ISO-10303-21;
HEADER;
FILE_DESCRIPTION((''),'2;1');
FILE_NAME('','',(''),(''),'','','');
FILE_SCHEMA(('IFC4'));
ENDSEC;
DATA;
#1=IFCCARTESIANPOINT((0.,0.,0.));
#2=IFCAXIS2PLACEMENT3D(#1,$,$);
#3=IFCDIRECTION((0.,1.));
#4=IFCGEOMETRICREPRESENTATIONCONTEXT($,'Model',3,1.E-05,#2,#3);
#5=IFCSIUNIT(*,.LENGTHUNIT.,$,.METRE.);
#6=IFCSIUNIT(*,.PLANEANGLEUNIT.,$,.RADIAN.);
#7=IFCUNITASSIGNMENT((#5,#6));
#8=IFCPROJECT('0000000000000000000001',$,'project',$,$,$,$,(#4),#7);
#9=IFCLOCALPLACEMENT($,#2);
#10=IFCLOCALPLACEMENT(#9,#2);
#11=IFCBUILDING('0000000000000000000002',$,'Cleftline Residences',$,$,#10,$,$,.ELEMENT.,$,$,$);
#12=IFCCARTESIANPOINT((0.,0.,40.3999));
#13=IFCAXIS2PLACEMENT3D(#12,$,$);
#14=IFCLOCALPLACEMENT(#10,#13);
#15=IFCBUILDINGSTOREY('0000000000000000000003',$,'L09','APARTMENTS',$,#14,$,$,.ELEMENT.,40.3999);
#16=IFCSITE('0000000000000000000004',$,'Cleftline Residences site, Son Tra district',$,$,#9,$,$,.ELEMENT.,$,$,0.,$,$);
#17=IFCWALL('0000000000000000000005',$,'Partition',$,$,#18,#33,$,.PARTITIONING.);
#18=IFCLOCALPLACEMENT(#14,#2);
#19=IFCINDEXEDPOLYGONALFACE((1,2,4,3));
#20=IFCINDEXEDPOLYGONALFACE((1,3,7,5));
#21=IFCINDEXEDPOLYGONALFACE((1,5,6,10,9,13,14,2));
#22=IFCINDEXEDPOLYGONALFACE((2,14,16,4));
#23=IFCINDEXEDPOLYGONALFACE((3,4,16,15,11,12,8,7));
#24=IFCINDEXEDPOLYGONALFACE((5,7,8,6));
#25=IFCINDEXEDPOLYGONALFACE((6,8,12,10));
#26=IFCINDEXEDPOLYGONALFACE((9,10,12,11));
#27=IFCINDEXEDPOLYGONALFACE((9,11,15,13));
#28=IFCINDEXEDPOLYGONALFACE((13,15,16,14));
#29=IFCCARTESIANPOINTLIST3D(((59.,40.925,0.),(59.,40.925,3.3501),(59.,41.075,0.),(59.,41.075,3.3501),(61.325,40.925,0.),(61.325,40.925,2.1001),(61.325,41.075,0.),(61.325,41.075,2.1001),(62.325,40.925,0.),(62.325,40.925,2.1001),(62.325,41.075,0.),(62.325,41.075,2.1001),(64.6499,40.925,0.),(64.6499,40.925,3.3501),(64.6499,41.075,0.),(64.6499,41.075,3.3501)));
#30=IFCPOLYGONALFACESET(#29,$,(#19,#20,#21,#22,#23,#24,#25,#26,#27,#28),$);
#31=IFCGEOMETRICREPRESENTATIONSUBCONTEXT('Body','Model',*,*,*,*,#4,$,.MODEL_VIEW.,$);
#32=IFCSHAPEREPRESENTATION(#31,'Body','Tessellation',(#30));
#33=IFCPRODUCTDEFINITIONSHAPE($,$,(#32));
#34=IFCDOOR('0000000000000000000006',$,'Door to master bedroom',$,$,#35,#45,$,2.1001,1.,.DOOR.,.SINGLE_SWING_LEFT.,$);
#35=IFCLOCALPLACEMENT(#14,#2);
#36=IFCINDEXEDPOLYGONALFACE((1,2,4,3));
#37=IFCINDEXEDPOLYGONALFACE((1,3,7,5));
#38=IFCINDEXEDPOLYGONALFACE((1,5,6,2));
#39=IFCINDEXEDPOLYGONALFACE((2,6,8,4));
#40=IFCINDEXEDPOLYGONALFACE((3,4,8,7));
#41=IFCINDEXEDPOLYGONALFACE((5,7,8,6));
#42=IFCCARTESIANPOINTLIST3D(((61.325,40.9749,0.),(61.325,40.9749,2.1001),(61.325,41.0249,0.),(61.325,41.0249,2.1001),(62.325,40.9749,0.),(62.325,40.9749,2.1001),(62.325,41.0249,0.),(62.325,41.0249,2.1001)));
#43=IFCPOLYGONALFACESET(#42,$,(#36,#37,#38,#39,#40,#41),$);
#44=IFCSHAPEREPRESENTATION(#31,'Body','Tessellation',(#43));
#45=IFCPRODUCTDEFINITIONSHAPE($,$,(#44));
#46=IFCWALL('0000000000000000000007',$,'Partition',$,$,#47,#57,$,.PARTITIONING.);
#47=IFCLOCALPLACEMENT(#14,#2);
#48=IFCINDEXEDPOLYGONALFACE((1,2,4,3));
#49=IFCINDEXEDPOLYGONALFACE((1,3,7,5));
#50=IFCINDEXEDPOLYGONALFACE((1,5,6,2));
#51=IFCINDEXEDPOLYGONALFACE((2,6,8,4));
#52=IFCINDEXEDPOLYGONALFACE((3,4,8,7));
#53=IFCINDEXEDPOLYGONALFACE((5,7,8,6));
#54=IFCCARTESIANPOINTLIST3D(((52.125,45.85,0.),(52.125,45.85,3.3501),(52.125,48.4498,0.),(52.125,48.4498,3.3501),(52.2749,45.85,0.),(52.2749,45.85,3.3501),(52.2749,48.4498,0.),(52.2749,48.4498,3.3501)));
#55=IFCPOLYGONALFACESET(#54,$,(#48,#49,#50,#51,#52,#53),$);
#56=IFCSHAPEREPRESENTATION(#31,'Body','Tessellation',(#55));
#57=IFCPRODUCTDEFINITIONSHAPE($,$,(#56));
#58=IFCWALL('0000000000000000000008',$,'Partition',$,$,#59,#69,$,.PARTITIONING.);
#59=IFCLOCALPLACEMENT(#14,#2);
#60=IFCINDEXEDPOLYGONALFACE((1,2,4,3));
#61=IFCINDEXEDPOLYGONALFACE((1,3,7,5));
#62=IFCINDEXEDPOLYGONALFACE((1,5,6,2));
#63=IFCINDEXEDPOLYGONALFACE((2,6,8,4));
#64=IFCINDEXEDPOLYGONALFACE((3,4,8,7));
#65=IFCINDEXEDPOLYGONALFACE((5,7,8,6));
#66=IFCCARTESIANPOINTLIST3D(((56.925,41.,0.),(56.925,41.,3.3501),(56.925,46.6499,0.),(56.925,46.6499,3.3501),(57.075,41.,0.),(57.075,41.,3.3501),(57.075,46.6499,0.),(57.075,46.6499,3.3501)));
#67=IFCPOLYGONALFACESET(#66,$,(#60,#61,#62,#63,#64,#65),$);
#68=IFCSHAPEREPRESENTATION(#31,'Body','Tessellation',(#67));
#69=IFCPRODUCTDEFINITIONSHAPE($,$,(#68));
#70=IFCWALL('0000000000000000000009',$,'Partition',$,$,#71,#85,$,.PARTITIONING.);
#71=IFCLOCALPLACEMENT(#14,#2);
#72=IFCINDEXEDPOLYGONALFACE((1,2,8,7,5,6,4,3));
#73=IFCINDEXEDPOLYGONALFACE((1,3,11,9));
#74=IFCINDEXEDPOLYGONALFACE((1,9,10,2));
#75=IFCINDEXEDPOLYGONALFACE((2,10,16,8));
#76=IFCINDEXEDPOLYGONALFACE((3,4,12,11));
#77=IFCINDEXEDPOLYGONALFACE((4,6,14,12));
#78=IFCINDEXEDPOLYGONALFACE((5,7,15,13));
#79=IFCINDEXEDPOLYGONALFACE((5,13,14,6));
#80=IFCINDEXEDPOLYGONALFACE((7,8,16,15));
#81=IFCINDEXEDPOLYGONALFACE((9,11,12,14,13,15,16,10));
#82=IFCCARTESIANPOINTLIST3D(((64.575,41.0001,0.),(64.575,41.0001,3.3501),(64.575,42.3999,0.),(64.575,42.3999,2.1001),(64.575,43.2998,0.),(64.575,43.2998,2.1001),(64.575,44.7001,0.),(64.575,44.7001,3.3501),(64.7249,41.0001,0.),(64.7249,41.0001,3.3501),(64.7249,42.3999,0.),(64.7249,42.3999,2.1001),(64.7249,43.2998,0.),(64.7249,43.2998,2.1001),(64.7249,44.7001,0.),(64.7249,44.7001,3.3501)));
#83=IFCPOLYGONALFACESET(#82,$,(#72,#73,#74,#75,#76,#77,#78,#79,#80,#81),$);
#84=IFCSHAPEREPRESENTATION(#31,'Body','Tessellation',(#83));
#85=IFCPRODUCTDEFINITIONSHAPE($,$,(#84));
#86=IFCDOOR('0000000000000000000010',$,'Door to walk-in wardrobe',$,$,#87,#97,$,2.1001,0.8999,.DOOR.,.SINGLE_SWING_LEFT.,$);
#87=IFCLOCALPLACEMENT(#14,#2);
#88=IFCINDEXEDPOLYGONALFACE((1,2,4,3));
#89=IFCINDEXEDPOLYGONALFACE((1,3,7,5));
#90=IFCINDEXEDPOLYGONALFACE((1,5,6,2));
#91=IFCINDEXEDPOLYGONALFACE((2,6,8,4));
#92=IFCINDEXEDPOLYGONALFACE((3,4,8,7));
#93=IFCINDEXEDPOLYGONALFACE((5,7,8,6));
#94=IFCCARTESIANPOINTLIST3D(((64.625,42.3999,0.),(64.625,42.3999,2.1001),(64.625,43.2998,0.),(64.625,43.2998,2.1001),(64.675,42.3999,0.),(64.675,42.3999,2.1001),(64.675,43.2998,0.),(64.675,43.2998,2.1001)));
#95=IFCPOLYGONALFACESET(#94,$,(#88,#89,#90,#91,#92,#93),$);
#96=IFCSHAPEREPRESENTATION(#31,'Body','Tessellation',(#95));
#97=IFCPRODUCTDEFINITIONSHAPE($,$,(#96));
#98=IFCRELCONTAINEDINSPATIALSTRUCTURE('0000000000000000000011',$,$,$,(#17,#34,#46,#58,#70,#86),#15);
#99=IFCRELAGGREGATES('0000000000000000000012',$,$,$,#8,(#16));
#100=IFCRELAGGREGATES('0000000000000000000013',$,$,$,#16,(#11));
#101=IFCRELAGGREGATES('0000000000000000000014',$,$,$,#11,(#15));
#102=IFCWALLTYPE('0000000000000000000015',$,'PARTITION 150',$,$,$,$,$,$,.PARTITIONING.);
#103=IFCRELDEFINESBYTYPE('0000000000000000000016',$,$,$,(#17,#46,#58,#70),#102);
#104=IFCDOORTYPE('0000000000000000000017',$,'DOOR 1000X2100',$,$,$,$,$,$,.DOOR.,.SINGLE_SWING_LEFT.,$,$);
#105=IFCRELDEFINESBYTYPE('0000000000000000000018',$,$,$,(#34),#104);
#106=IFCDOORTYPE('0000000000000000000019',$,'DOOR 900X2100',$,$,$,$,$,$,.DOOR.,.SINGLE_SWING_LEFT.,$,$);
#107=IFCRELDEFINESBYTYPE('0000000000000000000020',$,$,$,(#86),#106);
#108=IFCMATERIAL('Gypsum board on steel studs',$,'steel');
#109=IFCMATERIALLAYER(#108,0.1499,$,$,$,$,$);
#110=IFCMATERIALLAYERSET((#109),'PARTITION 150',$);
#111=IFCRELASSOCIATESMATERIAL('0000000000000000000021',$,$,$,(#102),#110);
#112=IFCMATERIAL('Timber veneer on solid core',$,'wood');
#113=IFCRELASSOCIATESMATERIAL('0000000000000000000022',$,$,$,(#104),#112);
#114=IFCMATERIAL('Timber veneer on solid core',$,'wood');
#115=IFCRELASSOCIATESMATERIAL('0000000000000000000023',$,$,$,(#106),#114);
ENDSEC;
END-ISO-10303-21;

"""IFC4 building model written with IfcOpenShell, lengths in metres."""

from ifc_helpers import new_model, si_unit, direction, frame, frame_2d, origin, place, context, subcontext, project, spatial, rectangle, extrude, material, layer, layer_set, type_object, element, fill, save


model = new_model("IFC4")

# Units and contexts
model_context = context("Model", 3, precision=1e-05, world=origin(), true_north=direction((0.0, 1.0)))
body_context = subcontext(model_context, "Body", "Model", "MODEL_VIEW")
ifc_project = project(units=[si_unit("LENGTHUNIT", "METRE"), si_unit("PLANEANGLEUNIT", "RADIAN")], contexts=[model_context])

# Site, building, storey
site_placement = place(None, origin())
site = spatial("IfcSite", under=ifc_project, at=site_placement, Name="Cleftline Residences site, Son Tra district", CompositionType="ELEMENT", RefElevation=0.0)
building_placement = place(site_placement, origin())
building = spatial("IfcBuilding", under=site, at=building_placement, Name="Cleftline Residences", CompositionType="ELEMENT")
storey_placement = place(building_placement, frame((0.0, 0.0, 40.3999)))
storey = spatial("IfcBuildingStorey", under=building, at=storey_placement, Name="L09", Description="APARTMENTS", CompositionType="ELEMENT", Elevation=40.3999)

# Wall, opening, door
ifc_material_1 = material(Name="Gypsum board on steel studs", Category="steel")
ifc_layer_1 = layer(ifc_material_1, 0.1499)
ifc_layer_set_1 = layer_set([ifc_layer_1], Name="PARTITION 150")
wall_type_1 = type_object("IfcWallType", Name="PARTITION 150", PredefinedType="PARTITIONING", material=ifc_layer_set_1)
wall_1_placement = place(storey_placement, frame((59.0, 41.0, 0.0), z_axis=(0.0, 0.0, 1.0), x_axis=(1.0, 0.0, 0.0)))
wall_1 = element("IfcWall", 1, at=wall_1_placement, inside=storey, type_object=wall_type_1, Name="Partition", PredefinedType="PARTITIONING", context=body_context, shape_type="SweptSolid", body=[
    extrude(rectangle(XDim=5.6499, YDim=0.1499, at=frame_2d((2.825, 0.0))), origin(), (0.0, 0.0, 1.0), 3.3501),
])
opening_1_placement = place(wall_1_placement, frame((2.325, 0.0, 0.0)))
opening_1 = element("IfcOpeningElement", 2, at=opening_1_placement, cuts=wall_1, PredefinedType="OPENING", context=body_context, shape_type="SweptSolid", body=[
    extrude(rectangle(XDim=1.0, YDim=2.1001, at=frame_2d((0.5, 1.05))), frame((0.0, 0.085, 0.0), z_axis=(0.0, -1.0, 0.0), x_axis=(1.0, 0.0, 0.0)), (0.0, 0.0, 1.0), 0.1699),
])
ifc_material_2 = material(Name="Timber veneer on solid core", Category="wood")
door_type_1 = type_object("IfcDoorType", Name="DOOR 1000X2100", OperationType="SINGLE_SWING_LEFT", PredefinedType="DOOR", material=ifc_material_2)
door_1_placement = place(opening_1_placement, origin())
door_1 = element("IfcDoor", 3, at=door_1_placement, inside=storey, type_object=door_type_1, Name="Door to master bedroom", OperationType="SINGLE_SWING_LEFT", OverallHeight=2.1001, OverallWidth=1.0, PredefinedType="DOOR", context=body_context, shape_type="SweptSolid", body=[
    extrude(rectangle(XDim=1.0, YDim=2.1001, at=frame_2d((0.5, 1.05))), frame((0.0, 0.0249, 0.0), z_axis=(0.0, -1.0, 0.0), x_axis=(1.0, 0.0, 0.0)), (0.0, 0.0, 1.0), 0.05),
])
fill(opening_1, door_1)

# Walls
wall_2_placement = place(storey_placement, frame((52.2, 45.8501, 0.0), z_axis=(0.0, 0.0, 1.0), x_axis=(0.0, 1.0, 0.0)))
element("IfcWall", 4, at=wall_2_placement, inside=storey, type_object=wall_type_1, Name="Partition", PredefinedType="PARTITIONING", context=body_context, shape_type="SweptSolid", body=[
    extrude(rectangle(XDim=2.5999, YDim=0.1499, at=frame_2d((1.2998, 0.0))), origin(), (0.0, 0.0, 1.0), 3.3501),
])
wall_3_placement = place(storey_placement, frame((57.0, 41.0, 0.0), z_axis=(0.0, 0.0, 1.0), x_axis=(0.0, 1.0, 0.0)))
element("IfcWall", 5, at=wall_3_placement, inside=storey, type_object=wall_type_1, Name="Partition", PredefinedType="PARTITIONING", context=body_context, shape_type="SweptSolid", body=[
    extrude(rectangle(XDim=5.6499, YDim=0.1499, at=frame_2d((2.825, 0.0))), origin(), (0.0, 0.0, 1.0), 3.3501),
])

# Wall, opening, door
wall_4_placement = place(storey_placement, frame((64.6499, 41.0, 0.0), z_axis=(0.0, 0.0, 1.0), x_axis=(0.0, 1.0, 0.0)))
wall_4 = element("IfcWall", 6, at=wall_4_placement, inside=storey, type_object=wall_type_1, Name="Partition", PredefinedType="PARTITIONING", context=body_context, shape_type="SweptSolid", body=[
    extrude(rectangle(XDim=3.7, YDim=0.1499, at=frame_2d((1.8501, 0.0))), origin(), (0.0, 0.0, 1.0), 3.3501),
])
opening_2_placement = place(wall_4_placement, frame((1.3999, 0.0, 0.0)))
opening_2 = element("IfcOpeningElement", 7, at=opening_2_placement, cuts=wall_4, PredefinedType="OPENING", context=body_context, shape_type="SweptSolid", body=[
    extrude(rectangle(XDim=0.8999, YDim=2.1001, at=frame_2d((0.45, 1.05))), frame((0.0, 0.085, 0.0), z_axis=(0.0, -1.0, 0.0), x_axis=(1.0, 0.0, 0.0)), (0.0, 0.0, 1.0), 0.1699),
])
ifc_material_3 = material(Name="Timber veneer on solid core", Category="wood")
door_type_2 = type_object("IfcDoorType", Name="DOOR 900X2100", OperationType="SINGLE_SWING_LEFT", PredefinedType="DOOR", material=ifc_material_3)
door_2_placement = place(opening_2_placement, origin())
door_2 = element("IfcDoor", 8, at=door_2_placement, inside=storey, type_object=door_type_2, Name="Door to walk-in wardrobe", OperationType="SINGLE_SWING_LEFT", OverallHeight=2.1001, OverallWidth=0.8999, PredefinedType="DOOR", context=body_context, shape_type="SweptSolid", body=[
    extrude(rectangle(XDim=0.8999, YDim=2.1001, at=frame_2d((0.45, 1.05))), frame((0.0, 0.0249, 0.0), z_axis=(0.0, -1.0, 0.0), x_axis=(1.0, 0.0, 0.0)), (0.0, 0.0, 1.0), 0.05),
])
fill(opening_2, door_2)

save(model, "model.ifc")
